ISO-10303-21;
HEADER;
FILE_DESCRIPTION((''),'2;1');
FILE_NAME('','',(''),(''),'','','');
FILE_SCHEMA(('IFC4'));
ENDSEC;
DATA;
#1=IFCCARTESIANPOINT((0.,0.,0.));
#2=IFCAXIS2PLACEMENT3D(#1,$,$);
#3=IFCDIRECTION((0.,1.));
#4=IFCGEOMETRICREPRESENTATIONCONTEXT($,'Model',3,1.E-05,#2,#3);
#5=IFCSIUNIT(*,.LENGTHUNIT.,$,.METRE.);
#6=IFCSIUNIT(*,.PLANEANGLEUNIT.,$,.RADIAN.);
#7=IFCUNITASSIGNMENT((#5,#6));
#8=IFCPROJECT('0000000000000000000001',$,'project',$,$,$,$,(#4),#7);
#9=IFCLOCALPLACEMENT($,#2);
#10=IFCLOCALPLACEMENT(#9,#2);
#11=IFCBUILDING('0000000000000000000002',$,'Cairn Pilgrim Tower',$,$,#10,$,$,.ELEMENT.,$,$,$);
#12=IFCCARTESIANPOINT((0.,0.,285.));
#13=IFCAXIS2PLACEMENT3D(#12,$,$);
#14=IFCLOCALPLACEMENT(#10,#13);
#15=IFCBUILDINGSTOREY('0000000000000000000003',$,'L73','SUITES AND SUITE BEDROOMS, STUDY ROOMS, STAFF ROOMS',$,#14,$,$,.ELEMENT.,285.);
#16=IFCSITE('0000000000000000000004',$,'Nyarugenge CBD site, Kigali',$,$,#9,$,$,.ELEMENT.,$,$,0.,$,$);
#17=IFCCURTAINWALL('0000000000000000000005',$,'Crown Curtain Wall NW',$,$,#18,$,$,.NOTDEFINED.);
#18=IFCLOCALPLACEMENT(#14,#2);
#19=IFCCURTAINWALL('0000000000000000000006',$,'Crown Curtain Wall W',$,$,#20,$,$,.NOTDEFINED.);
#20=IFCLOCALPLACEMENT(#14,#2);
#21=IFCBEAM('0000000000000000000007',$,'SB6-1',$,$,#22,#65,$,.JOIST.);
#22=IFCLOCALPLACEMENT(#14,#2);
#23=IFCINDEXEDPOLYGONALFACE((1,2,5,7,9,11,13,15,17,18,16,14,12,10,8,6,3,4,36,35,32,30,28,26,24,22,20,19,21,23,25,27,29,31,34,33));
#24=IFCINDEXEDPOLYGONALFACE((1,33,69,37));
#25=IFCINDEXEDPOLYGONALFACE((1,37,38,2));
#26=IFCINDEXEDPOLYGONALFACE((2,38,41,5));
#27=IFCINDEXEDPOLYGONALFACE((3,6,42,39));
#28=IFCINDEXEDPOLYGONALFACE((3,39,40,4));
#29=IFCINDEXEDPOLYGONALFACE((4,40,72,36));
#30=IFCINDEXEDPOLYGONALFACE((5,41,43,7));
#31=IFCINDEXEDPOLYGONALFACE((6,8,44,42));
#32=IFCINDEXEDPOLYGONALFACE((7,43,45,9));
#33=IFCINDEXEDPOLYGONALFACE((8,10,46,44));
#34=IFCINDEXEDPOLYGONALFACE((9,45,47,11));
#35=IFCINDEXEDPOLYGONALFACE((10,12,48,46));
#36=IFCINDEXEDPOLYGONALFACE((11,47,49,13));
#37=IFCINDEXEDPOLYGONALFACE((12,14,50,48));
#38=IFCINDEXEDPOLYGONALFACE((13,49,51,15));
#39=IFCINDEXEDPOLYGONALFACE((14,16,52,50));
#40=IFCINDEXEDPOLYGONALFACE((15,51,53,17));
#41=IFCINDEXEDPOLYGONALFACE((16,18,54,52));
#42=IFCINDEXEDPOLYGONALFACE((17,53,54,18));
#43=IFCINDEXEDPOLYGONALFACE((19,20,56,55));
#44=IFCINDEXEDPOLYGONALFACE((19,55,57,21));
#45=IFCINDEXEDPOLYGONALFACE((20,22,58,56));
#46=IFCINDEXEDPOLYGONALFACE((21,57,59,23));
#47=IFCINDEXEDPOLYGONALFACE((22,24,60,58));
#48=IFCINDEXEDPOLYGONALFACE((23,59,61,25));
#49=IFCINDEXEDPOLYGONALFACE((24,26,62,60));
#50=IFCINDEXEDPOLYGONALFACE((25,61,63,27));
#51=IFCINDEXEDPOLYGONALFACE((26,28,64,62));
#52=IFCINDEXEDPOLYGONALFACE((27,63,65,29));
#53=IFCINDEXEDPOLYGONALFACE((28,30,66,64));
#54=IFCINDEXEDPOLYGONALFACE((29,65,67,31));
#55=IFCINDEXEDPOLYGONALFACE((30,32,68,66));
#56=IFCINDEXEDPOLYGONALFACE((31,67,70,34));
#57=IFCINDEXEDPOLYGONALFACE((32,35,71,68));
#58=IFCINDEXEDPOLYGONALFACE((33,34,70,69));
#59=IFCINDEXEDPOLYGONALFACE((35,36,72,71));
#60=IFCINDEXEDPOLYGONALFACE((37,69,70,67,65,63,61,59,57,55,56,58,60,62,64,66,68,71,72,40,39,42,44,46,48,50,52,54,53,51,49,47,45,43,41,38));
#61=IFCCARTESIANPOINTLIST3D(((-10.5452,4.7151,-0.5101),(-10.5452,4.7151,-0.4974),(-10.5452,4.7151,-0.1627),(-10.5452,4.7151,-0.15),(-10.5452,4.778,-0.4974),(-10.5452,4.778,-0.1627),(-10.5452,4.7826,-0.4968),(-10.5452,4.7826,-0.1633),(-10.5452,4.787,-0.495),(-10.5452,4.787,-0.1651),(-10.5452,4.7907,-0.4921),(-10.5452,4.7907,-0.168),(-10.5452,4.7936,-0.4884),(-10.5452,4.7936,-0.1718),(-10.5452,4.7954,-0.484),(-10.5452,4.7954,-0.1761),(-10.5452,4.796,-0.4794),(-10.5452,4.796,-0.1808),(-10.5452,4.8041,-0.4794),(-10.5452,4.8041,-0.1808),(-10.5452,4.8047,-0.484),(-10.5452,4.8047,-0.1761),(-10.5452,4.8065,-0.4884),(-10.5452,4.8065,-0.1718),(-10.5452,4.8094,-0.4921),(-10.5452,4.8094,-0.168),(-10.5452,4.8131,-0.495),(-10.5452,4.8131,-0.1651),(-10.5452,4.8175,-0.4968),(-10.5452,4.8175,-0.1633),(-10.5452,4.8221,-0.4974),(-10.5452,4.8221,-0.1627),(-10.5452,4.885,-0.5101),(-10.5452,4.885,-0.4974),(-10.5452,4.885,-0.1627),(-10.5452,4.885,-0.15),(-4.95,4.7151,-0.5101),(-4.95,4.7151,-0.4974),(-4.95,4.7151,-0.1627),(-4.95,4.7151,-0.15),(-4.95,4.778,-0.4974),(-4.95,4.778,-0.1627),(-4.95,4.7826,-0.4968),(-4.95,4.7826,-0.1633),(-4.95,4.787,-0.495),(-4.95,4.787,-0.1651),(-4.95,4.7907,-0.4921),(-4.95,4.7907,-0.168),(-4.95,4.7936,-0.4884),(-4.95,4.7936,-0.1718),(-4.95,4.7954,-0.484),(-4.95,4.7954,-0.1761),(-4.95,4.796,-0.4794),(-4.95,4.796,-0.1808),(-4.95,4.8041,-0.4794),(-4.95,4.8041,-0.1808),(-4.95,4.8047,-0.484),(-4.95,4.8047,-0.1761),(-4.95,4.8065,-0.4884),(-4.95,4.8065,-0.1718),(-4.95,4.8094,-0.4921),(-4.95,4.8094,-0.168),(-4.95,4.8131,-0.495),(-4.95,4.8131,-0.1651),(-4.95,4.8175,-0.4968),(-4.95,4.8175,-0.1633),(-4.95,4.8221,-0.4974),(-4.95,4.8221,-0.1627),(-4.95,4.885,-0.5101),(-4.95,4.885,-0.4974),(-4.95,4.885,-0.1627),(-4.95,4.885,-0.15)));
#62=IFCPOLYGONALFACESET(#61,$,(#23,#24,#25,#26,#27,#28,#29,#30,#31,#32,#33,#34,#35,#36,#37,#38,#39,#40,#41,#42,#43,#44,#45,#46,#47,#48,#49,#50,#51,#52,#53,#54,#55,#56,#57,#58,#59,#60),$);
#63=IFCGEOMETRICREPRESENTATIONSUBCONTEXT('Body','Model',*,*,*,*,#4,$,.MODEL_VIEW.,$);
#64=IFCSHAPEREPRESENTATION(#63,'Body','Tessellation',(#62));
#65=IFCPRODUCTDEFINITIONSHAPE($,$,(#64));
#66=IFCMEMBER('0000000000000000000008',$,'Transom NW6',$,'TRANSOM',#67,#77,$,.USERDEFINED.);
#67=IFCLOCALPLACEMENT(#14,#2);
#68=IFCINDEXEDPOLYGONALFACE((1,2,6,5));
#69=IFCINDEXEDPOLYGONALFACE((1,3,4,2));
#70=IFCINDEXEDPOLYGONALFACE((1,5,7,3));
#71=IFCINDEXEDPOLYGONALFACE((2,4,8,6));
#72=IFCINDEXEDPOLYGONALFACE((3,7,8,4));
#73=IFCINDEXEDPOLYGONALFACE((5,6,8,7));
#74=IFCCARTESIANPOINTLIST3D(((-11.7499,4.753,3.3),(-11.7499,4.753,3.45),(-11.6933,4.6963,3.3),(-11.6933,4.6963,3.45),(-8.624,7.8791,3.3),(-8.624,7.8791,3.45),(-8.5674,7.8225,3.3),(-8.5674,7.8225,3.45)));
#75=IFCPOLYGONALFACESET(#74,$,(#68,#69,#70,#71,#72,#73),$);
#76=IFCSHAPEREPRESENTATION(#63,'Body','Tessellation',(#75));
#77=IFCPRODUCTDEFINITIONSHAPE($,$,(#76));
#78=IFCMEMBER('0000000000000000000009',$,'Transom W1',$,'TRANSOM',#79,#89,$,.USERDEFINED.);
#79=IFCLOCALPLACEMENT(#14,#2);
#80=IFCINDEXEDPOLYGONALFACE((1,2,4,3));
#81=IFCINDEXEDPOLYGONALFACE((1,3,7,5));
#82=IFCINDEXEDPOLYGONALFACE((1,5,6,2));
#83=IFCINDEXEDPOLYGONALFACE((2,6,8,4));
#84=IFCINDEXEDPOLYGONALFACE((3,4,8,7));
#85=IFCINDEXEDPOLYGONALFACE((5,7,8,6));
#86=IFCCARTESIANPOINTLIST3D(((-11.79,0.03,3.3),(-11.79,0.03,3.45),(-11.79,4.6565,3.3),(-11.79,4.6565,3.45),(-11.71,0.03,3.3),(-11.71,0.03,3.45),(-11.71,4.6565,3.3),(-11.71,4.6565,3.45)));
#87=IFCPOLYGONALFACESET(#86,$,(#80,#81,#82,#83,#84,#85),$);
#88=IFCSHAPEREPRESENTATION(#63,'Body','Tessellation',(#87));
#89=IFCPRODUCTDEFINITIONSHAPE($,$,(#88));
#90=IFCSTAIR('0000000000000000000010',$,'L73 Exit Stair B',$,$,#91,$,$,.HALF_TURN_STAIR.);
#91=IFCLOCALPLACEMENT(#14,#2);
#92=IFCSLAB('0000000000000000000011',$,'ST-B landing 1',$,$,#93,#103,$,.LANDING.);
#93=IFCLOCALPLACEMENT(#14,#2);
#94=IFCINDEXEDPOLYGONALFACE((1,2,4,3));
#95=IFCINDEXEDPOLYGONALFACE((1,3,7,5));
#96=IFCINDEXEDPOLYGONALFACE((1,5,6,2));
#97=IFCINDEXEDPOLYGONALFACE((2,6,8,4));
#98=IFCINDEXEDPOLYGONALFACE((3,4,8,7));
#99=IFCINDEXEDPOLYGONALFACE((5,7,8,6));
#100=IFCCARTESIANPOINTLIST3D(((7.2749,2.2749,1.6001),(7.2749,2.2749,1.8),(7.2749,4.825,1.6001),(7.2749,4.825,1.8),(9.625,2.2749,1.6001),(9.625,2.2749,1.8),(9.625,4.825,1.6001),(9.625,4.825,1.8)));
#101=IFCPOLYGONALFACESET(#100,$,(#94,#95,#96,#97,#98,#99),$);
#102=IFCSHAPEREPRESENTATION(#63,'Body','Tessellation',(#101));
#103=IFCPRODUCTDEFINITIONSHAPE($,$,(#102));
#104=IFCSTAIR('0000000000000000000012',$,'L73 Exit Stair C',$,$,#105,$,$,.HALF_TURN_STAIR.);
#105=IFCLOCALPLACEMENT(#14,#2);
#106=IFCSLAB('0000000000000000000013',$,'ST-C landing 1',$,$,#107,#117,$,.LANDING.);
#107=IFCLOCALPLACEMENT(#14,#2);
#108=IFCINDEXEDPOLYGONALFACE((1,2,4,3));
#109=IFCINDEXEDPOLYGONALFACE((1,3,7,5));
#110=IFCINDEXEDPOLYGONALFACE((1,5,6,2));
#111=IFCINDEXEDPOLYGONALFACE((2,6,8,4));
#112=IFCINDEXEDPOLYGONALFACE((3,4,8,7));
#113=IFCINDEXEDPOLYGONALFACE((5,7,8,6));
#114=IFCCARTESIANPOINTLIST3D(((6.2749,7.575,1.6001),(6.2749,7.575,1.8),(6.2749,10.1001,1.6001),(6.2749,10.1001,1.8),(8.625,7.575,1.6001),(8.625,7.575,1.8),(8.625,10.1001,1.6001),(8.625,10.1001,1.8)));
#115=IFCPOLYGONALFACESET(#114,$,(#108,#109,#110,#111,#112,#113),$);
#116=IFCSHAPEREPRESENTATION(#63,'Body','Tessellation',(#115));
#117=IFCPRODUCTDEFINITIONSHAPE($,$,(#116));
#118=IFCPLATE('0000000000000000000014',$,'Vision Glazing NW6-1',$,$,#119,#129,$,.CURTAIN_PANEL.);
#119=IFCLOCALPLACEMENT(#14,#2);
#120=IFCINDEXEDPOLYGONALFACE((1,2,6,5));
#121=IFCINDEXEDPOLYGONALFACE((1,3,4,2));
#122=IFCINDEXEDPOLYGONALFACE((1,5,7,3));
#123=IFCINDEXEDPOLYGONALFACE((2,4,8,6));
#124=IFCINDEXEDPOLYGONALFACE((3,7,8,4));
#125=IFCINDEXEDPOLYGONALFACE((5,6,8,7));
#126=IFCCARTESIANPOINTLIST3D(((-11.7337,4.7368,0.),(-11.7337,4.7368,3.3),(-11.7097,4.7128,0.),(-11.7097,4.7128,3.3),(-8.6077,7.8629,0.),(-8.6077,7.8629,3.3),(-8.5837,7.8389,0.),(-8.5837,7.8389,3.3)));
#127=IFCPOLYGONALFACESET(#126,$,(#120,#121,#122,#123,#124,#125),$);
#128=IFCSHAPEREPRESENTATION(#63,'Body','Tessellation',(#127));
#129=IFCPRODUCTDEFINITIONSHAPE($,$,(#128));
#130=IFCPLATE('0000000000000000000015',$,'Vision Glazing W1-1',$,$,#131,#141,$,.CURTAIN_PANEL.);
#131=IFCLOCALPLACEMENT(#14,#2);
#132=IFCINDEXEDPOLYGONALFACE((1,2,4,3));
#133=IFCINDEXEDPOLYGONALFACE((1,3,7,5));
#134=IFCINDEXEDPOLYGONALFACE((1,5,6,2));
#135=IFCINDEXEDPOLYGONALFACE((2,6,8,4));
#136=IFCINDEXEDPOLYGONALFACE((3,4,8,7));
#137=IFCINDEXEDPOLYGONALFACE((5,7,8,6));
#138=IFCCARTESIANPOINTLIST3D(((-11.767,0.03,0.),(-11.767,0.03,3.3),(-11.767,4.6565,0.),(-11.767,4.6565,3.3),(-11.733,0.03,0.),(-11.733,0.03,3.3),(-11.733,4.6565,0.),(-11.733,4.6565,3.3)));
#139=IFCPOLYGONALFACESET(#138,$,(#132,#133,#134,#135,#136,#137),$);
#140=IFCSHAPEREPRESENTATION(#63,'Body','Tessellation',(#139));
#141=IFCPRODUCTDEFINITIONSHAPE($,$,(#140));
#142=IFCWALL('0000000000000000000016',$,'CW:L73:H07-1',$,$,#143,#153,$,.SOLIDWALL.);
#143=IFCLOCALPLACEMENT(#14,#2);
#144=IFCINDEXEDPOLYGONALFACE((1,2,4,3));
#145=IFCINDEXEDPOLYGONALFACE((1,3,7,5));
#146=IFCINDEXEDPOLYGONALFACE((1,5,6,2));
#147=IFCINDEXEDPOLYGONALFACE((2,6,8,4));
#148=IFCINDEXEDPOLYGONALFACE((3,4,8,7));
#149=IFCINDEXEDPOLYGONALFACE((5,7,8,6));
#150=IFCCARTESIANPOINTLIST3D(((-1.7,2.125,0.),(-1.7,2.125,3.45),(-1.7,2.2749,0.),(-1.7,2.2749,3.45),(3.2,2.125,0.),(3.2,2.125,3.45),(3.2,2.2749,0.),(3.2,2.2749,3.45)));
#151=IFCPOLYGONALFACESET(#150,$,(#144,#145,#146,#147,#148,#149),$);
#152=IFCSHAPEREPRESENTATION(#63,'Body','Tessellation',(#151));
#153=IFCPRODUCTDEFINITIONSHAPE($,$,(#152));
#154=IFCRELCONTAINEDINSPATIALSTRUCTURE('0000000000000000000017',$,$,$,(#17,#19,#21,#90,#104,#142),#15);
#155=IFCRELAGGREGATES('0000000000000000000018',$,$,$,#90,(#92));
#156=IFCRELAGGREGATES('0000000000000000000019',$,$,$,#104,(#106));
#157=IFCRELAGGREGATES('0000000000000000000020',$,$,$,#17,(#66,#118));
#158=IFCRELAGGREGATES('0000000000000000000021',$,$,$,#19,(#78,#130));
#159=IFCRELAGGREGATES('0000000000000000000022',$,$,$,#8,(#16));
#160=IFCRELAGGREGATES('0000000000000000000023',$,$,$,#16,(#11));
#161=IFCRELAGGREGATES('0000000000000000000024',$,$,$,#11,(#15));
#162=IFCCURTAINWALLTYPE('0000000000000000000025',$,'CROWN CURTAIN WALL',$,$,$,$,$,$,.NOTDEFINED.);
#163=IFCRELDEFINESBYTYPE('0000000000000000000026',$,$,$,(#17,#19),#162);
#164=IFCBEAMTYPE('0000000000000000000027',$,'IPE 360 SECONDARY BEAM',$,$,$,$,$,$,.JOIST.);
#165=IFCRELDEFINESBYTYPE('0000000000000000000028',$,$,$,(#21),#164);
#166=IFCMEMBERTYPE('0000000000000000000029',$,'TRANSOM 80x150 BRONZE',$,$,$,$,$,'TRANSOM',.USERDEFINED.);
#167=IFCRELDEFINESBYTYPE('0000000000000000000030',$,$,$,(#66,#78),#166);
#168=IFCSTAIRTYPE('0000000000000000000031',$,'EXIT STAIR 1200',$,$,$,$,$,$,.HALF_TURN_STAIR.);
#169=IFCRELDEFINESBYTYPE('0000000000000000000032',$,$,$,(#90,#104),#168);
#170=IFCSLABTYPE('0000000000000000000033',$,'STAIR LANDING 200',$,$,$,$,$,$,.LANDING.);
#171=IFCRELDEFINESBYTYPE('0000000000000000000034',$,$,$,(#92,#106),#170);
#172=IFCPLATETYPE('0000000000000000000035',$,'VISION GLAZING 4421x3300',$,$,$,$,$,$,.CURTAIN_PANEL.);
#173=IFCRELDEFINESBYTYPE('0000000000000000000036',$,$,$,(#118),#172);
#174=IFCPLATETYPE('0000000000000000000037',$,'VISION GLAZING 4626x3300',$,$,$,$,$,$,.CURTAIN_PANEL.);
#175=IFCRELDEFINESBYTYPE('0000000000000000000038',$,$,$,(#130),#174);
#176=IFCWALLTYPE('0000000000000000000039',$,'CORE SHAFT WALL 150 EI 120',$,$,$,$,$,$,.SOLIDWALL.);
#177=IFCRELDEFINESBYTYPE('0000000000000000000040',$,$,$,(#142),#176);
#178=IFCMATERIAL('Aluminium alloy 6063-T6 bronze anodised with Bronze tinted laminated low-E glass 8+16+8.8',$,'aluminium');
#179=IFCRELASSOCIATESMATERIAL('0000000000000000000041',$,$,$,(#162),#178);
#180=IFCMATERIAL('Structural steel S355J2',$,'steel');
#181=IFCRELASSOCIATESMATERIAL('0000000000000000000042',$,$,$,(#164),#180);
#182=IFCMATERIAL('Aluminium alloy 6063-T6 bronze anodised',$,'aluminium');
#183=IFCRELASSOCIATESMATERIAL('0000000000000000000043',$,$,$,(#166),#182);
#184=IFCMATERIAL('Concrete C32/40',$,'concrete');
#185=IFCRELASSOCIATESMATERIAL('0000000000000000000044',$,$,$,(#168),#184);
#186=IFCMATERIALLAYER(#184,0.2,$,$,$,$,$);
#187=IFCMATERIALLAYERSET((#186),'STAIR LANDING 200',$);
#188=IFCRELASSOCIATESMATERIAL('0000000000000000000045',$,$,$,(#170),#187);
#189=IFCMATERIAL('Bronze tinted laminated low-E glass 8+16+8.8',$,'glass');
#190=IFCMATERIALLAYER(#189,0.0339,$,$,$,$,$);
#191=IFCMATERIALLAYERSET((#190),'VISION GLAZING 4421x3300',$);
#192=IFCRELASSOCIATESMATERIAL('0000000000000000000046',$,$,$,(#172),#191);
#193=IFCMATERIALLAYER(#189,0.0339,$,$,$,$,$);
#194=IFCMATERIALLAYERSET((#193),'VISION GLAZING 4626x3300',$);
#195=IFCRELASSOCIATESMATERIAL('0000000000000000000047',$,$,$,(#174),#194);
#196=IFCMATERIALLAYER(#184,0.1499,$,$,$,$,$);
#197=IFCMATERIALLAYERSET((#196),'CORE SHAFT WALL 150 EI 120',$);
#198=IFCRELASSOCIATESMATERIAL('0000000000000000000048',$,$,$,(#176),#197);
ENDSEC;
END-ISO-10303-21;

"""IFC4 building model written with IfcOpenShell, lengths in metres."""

from ifc_helpers import new_model, si_unit, direction, frame, frame_2d, origin, origin_2d, place, context, subcontext, project, spatial, polyline, rectangle, i_section, outline, extrude, material, layer, layer_set, material_profile, profile_set, type_object, element, aggregate, save


model = new_model("IFC4")

# Units and contexts
model_context = context("Model", 3, precision=1e-05, world=origin(), true_north=direction((0.0, 1.0)))
body_context = subcontext(model_context, "Body", "Model", "MODEL_VIEW")
ifc_project = project(units=[si_unit("LENGTHUNIT", "METRE"), si_unit("PLANEANGLEUNIT", "RADIAN")], contexts=[model_context])

# Site, building, storey
site_placement = place(None, origin())
site = spatial("IfcSite", under=ifc_project, at=site_placement, Name="Nyarugenge CBD site, Kigali", CompositionType="ELEMENT", RefElevation=0.0)
building_placement = place(site_placement, origin())
building = spatial("IfcBuilding", under=site, at=building_placement, Name="Cairn Pilgrim Tower", CompositionType="ELEMENT")
storey_placement = place(building_placement, frame((0.0, 0.0, 285.0)))
storey = spatial("IfcBuildingStorey", under=building, at=storey_placement, Name="L73", Description="SUITES AND SUITE BEDROOMS, STUDY ROOMS, STAFF ROOMS", CompositionType="ELEMENT", Elevation=285.0)

# Shared definitions
ifc_material_1 = material(Name="Structural steel S355J2", Category="steel")

# Curtain walls
ifc_material_2 = material(Name="Aluminium alloy 6063-T6 bronze anodised with Bronze tinted laminated low-E glass 8+16+8.8", Category="aluminium")
curtain_wall_type = type_object("IfcCurtainWallType", Name="CROWN CURTAIN WALL", PredefinedType="NOTDEFINED", material=ifc_material_2)
curtain_wall_1_placement = place(storey_placement, origin())
curtain_wall_1 = element("IfcCurtainWall", 1, at=curtain_wall_1_placement, inside=storey, type_object=curtain_wall_type, Name="Crown Curtain Wall NW", PredefinedType="NOTDEFINED")
ifc_material_3 = material(Name="Aluminium alloy 6063-T6 bronze anodised", Category="aluminium")
curtain_wall_2_placement = place(storey_placement, origin())
curtain_wall_2 = element("IfcCurtainWall", 2, at=curtain_wall_2_placement, inside=storey, type_object=curtain_wall_type, Name="Crown Curtain Wall W", PredefinedType="NOTDEFINED")

# Beam
ifc_material_profile_1 = material_profile(ifc_material_1, i_section(OverallWidth=0.1699, OverallDepth=0.3601, WebThickness=0.0081, FlangeThickness=0.0127, FilletRadius=0.0181, at=origin_2d()), Name="IPE 360")
ifc_profile_set_1 = profile_set([ifc_material_profile_1], Name="Structural steel S355J2")
beam_type_1 = type_object("IfcBeamType", Name="IPE 360 SECONDARY BEAM", PredefinedType="JOIST", material=ifc_profile_set_1)
beam_1_placement = place(storey_placement, frame((-10.5452, 4.8, -0.3301), z_axis=(1.0, 0.0, 0.0), x_axis=(0.0, 1.0, 0.0)))
element("IfcBeam", 3, at=beam_1_placement, inside=storey, type_object=beam_type_1, Name="SB6-1", PredefinedType="JOIST", context=body_context, shape_type="SweptSolid", body=[
    extrude(i_section(OverallWidth=0.1699, OverallDepth=0.3601, WebThickness=0.0081, FlangeThickness=0.0127, FilletRadius=0.0181, at=origin_2d()), origin(), (0.0, 0.0, 1.0), 5.5952),
])

# Members
ifc_material_profile_2 = material_profile(ifc_material_3, rectangle(XDim=0.0801, YDim=0.1499, at=origin_2d()), Name="TRANSOM 80x150 BRONZE")
ifc_profile_set_2 = profile_set([ifc_material_profile_2], Name="Aluminium alloy 6063-T6 bronze anodised")
member_type_1 = type_object("IfcMemberType", Name="TRANSOM 80x150 BRONZE", ElementType="TRANSOM", PredefinedType="USERDEFINED", material=ifc_profile_set_2)
member_1_placement = place(storey_placement, frame((-8.5957, 7.8508, 3.375), z_axis=(-0.707079, -0.707134, 0.0), x_axis=(0.707134, -0.707079, 0.0)))
member_1 = element("IfcMember", 4, at=member_1_placement, type_object=member_type_1, Name="Transom NW6", ObjectType="TRANSOM", PredefinedType="USERDEFINED", context=body_context, shape_type="SweptSolid", body=[
    extrude(rectangle(XDim=0.0801, YDim=0.1499, at=origin_2d()), origin(), (0.0, 0.0, 1.0), 4.4209),
])
member_2_placement = place(storey_placement, frame((-11.75, 4.6565, 3.375), z_axis=(0.0, -1.0, 0.0), x_axis=(1.0, 0.0, 0.0)))
member_2 = element("IfcMember", 5, at=member_2_placement, type_object=member_type_1, Name="Transom W1", ObjectType="TRANSOM", PredefinedType="USERDEFINED", context=body_context, shape_type="SweptSolid", body=[
    extrude(rectangle(XDim=0.0801, YDim=0.1499, at=origin_2d()), origin(), (0.0, 0.0, 1.0), 4.6265),
])

# Stairs, slabs
ifc_material_4 = material(Name="Concrete C32/40", Category="concrete")
stair_type = type_object("IfcStairType", Name="EXIT STAIR 1200", PredefinedType="HALF_TURN_STAIR", material=ifc_material_4)
stair_1_placement = place(storey_placement, origin())
stair_1 = element("IfcStair", 6, at=stair_1_placement, inside=storey, type_object=stair_type, Name="L73 Exit Stair B", PredefinedType="HALF_TURN_STAIR")
ifc_layer_1 = layer(ifc_material_4, 0.2)
ifc_layer_set_1 = layer_set([ifc_layer_1], Name="STAIR LANDING 200")
slab_type = type_object("IfcSlabType", Name="STAIR LANDING 200", PredefinedType="LANDING", material=ifc_layer_set_1)
slab_1_placement = place(storey_placement, frame((0.0, 0.0, 1.6001)))
slab_1 = element("IfcSlab", 7, at=slab_1_placement, type_object=slab_type, Name="ST-B landing 1", PredefinedType="LANDING", context=body_context, shape_type="SweptSolid", body=[
    extrude(outline(polyline([(7.2749, 2.2749), (9.625, 2.2749), (9.625, 4.825), (7.2749, 4.825), (7.2749, 2.2749)])), origin(), (0.0, 0.0, 1.0), 0.2),
])
aggregate(stair_1, [slab_1])
stair_2_placement = place(storey_placement, origin())
stair_2 = element("IfcStair", 8, at=stair_2_placement, inside=storey, type_object=stair_type, Name="L73 Exit Stair C", PredefinedType="HALF_TURN_STAIR")
slab_2_placement = place(storey_placement, frame((0.0, 0.0, 1.6001)))
slab_2 = element("IfcSlab", 9, at=slab_2_placement, type_object=slab_type, Name="ST-C landing 1", PredefinedType="LANDING", context=body_context, shape_type="SweptSolid", body=[
    extrude(outline(polyline([(8.625, 10.1001), (6.2749, 10.1001), (6.2749, 7.575), (8.625, 7.575), (8.625, 10.1001)])), origin(), (0.0, 0.0, 1.0), 0.2),
])
aggregate(stair_2, [slab_2])

# Plates
ifc_material_5 = material(Name="Bronze tinted laminated low-E glass 8+16+8.8", Category="glass")
ifc_layer_2 = layer(ifc_material_5, 0.0339)
ifc_layer_set_2 = layer_set([ifc_layer_2], Name="VISION GLAZING 4421x3300")
plate_type_1 = type_object("IfcPlateType", Name="VISION GLAZING 4421x3300", PredefinedType="CURTAIN_PANEL", material=ifc_layer_set_2)
plate_1_placement = place(storey_placement, frame((-10.1587, 6.2878, 0.0), z_axis=(0.0, 0.0, 1.0), x_axis=(-0.707107, -0.707107, 0.0)))
plate_1 = element("IfcPlate", 10, at=plate_1_placement, type_object=plate_type_1, Name="Vision Glazing NW6-1", PredefinedType="CURTAIN_PANEL", context=body_context, shape_type="SweptSolid", body=[
    extrude(rectangle(XDim=4.4209, YDim=0.0339, at=origin_2d()), origin(), (0.0, 0.0, 1.0), 3.3),
])
aggregate(curtain_wall_1, [member_1, plate_1])
ifc_layer_3 = layer(ifc_material_5, 0.0339)
ifc_layer_set_3 = layer_set([ifc_layer_3], Name="VISION GLAZING 4626x3300")
plate_type_2 = type_object("IfcPlateType", Name="VISION GLAZING 4626x3300", PredefinedType="CURTAIN_PANEL", material=ifc_layer_set_3)
plate_2_placement = place(storey_placement, frame((-11.75, 2.3433, 0.0), z_axis=(0.0, 0.0, 1.0), x_axis=(0.0, -1.0, 0.0)))
plate_2 = element("IfcPlate", 11, at=plate_2_placement, type_object=plate_type_2, Name="Vision Glazing W1-1", PredefinedType="CURTAIN_PANEL", context=body_context, shape_type="SweptSolid", body=[
    extrude(rectangle(XDim=4.6265, YDim=0.0339, at=origin_2d()), origin(), (0.0, 0.0, 1.0), 3.3),
])
aggregate(curtain_wall_2, [member_2, plate_2])

# Wall
ifc_layer_4 = layer(ifc_material_4, 0.1499)
ifc_layer_set_4 = layer_set([ifc_layer_4], Name="CORE SHAFT WALL 150 EI 120")
wall_type_1 = type_object("IfcWallType", Name="CORE SHAFT WALL 150 EI 120", PredefinedType="SOLIDWALL", material=ifc_layer_set_4)
wall_1_placement = place(storey_placement, frame((-1.7, 2.2, 0.0), z_axis=(0.0, 0.0, 1.0), x_axis=(1.0, 0.0, 0.0)))
element("IfcWall", 12, at=wall_1_placement, inside=storey, type_object=wall_type_1, Name="CW:L73:H07-1", PredefinedType="SOLIDWALL", context=body_context, shape_type="SweptSolid", body=[
    extrude(rectangle(XDim=4.8999, YDim=0.1499, at=frame_2d((2.45, 0.0))), origin(), (0.0, 0.0, 1.0), 3.45),
])

save(model, "model.ifc")
